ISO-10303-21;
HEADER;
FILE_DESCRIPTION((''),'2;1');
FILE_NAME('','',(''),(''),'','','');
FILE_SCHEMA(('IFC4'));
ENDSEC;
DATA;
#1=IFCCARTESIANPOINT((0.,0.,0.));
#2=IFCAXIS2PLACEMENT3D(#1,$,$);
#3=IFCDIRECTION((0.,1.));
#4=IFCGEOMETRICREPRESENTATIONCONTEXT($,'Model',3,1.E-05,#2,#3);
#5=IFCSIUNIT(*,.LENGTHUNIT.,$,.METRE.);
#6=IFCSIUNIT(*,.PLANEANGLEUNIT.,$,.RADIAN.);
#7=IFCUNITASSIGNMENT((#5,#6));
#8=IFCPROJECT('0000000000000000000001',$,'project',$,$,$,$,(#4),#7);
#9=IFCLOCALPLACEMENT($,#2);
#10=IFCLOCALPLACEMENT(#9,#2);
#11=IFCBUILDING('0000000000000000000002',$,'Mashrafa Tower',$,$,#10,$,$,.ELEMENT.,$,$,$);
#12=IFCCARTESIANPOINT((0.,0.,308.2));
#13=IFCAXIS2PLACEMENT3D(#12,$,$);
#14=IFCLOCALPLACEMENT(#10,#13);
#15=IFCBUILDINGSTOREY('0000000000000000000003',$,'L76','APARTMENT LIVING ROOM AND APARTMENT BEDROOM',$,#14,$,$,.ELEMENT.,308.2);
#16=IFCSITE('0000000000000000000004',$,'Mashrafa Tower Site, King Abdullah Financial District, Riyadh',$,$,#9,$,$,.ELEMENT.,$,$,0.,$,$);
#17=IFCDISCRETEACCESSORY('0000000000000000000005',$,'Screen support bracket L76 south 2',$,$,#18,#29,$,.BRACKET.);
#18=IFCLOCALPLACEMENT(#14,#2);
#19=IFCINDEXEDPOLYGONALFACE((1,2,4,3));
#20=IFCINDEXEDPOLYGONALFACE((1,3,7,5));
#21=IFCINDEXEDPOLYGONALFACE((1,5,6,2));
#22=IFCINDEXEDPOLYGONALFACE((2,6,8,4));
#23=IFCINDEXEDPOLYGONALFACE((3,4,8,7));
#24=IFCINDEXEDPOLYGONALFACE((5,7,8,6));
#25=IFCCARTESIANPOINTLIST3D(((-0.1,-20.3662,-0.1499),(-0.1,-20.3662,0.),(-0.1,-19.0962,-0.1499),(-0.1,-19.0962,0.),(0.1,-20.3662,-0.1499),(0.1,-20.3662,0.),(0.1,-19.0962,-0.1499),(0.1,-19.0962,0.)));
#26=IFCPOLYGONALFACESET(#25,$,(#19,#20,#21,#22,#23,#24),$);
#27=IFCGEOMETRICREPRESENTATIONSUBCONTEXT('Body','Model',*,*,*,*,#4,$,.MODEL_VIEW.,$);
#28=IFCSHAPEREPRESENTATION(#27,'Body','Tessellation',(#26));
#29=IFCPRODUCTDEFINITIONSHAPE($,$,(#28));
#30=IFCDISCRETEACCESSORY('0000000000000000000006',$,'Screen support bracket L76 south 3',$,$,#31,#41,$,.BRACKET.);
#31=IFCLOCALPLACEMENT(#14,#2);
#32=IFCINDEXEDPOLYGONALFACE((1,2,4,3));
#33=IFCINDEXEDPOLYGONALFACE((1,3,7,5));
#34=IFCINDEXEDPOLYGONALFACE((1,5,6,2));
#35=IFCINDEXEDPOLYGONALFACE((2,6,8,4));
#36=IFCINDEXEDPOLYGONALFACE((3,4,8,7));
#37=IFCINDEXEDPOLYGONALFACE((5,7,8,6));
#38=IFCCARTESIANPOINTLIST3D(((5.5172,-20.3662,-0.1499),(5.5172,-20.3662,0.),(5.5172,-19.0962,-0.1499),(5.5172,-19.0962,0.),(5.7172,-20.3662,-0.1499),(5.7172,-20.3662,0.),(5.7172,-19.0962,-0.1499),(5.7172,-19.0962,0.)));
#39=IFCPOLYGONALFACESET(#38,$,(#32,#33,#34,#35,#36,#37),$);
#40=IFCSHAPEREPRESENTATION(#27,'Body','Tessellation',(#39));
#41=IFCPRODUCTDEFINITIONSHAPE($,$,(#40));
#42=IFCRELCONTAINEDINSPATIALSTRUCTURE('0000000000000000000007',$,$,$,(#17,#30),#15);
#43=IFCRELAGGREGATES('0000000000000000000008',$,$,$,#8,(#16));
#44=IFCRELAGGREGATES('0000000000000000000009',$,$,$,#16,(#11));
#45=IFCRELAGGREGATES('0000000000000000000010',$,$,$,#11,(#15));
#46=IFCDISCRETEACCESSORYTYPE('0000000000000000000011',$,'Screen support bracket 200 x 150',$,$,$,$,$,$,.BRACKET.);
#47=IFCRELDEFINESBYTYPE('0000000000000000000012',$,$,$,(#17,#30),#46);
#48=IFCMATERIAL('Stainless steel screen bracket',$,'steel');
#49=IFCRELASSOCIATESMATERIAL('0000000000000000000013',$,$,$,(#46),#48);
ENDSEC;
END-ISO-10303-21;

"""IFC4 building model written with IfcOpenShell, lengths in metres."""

from ifc_helpers import new_model, si_unit, direction, frame, origin, origin_2d, place, context, subcontext, project, spatial, rectangle, extrude, source, transform, mapped, material, type_object, type_shapes, element, save


model = new_model("IFC4")

# Units and contexts
model_context = context("Model", 3, precision=1e-05, world=origin(), true_north=direction((0.0, 1.0)))
body_context = subcontext(model_context, "Body", "Model", "MODEL_VIEW")
ifc_project = project(units=[si_unit("LENGTHUNIT", "METRE"), si_unit("PLANEANGLEUNIT", "RADIAN")], contexts=[model_context])

# Site, building, storey
site_placement = place(None, origin())
site = spatial("IfcSite", under=ifc_project, at=site_placement, Name="Mashrafa Tower Site, King Abdullah Financial District, Riyadh", CompositionType="ELEMENT", RefElevation=0.0)
building_placement = place(site_placement, origin())
building = spatial("IfcBuilding", under=site, at=building_placement, Name="Mashrafa Tower", CompositionType="ELEMENT")
storey_placement = place(building_placement, frame((0.0, 0.0, 308.2)))
storey = spatial("IfcBuildingStorey", under=building, at=storey_placement, Name="L76", Description="APARTMENT LIVING ROOM AND APARTMENT BEDROOM", CompositionType="ELEMENT", Elevation=308.2)

# Discrete accessories
ifc_material_1 = material(Name="Stainless steel screen bracket", Category="steel")
discrete_accessory_type = type_object("IfcDiscreteAccessoryType", Name="Screen support bracket 200 x 150", PredefinedType="BRACKET", material=ifc_material_1)
shared_shape_1 = source(origin(), body_context, "Body", "SweptSolid", [
    extrude(rectangle(XDim=0.2, YDim=1.27, at=origin_2d()), origin(), (0.0, 0.0, 1.0), 0.1499),
])
type_shapes(discrete_accessory_type, [shared_shape_1])
for number, where, z_axis, x_axis, name in (
    (1, (0.0, -19.7312, -0.1499), (0.0, 0.0, 1.0), (1.0, 0.0, 0.0), "Screen support bracket L76 south 2"),
    (2, (5.6172, -19.7312, -0.1499), (0.0, 0.0, 1.0), (1.0, 0.0, 0.0), "Screen support bracket L76 south 3"),
):
    element("IfcDiscreteAccessory", number, at=place(storey_placement, frame(where, z_axis=z_axis, x_axis=x_axis)), inside=storey, type_object=discrete_accessory_type, Name=name, PredefinedType="BRACKET", context=body_context, shape_type="MappedRepresentation", body=[
        mapped(shared_shape_1, transform((0.0, 0.0, 0.0))),
    ])

save(model, "model.ifc")
